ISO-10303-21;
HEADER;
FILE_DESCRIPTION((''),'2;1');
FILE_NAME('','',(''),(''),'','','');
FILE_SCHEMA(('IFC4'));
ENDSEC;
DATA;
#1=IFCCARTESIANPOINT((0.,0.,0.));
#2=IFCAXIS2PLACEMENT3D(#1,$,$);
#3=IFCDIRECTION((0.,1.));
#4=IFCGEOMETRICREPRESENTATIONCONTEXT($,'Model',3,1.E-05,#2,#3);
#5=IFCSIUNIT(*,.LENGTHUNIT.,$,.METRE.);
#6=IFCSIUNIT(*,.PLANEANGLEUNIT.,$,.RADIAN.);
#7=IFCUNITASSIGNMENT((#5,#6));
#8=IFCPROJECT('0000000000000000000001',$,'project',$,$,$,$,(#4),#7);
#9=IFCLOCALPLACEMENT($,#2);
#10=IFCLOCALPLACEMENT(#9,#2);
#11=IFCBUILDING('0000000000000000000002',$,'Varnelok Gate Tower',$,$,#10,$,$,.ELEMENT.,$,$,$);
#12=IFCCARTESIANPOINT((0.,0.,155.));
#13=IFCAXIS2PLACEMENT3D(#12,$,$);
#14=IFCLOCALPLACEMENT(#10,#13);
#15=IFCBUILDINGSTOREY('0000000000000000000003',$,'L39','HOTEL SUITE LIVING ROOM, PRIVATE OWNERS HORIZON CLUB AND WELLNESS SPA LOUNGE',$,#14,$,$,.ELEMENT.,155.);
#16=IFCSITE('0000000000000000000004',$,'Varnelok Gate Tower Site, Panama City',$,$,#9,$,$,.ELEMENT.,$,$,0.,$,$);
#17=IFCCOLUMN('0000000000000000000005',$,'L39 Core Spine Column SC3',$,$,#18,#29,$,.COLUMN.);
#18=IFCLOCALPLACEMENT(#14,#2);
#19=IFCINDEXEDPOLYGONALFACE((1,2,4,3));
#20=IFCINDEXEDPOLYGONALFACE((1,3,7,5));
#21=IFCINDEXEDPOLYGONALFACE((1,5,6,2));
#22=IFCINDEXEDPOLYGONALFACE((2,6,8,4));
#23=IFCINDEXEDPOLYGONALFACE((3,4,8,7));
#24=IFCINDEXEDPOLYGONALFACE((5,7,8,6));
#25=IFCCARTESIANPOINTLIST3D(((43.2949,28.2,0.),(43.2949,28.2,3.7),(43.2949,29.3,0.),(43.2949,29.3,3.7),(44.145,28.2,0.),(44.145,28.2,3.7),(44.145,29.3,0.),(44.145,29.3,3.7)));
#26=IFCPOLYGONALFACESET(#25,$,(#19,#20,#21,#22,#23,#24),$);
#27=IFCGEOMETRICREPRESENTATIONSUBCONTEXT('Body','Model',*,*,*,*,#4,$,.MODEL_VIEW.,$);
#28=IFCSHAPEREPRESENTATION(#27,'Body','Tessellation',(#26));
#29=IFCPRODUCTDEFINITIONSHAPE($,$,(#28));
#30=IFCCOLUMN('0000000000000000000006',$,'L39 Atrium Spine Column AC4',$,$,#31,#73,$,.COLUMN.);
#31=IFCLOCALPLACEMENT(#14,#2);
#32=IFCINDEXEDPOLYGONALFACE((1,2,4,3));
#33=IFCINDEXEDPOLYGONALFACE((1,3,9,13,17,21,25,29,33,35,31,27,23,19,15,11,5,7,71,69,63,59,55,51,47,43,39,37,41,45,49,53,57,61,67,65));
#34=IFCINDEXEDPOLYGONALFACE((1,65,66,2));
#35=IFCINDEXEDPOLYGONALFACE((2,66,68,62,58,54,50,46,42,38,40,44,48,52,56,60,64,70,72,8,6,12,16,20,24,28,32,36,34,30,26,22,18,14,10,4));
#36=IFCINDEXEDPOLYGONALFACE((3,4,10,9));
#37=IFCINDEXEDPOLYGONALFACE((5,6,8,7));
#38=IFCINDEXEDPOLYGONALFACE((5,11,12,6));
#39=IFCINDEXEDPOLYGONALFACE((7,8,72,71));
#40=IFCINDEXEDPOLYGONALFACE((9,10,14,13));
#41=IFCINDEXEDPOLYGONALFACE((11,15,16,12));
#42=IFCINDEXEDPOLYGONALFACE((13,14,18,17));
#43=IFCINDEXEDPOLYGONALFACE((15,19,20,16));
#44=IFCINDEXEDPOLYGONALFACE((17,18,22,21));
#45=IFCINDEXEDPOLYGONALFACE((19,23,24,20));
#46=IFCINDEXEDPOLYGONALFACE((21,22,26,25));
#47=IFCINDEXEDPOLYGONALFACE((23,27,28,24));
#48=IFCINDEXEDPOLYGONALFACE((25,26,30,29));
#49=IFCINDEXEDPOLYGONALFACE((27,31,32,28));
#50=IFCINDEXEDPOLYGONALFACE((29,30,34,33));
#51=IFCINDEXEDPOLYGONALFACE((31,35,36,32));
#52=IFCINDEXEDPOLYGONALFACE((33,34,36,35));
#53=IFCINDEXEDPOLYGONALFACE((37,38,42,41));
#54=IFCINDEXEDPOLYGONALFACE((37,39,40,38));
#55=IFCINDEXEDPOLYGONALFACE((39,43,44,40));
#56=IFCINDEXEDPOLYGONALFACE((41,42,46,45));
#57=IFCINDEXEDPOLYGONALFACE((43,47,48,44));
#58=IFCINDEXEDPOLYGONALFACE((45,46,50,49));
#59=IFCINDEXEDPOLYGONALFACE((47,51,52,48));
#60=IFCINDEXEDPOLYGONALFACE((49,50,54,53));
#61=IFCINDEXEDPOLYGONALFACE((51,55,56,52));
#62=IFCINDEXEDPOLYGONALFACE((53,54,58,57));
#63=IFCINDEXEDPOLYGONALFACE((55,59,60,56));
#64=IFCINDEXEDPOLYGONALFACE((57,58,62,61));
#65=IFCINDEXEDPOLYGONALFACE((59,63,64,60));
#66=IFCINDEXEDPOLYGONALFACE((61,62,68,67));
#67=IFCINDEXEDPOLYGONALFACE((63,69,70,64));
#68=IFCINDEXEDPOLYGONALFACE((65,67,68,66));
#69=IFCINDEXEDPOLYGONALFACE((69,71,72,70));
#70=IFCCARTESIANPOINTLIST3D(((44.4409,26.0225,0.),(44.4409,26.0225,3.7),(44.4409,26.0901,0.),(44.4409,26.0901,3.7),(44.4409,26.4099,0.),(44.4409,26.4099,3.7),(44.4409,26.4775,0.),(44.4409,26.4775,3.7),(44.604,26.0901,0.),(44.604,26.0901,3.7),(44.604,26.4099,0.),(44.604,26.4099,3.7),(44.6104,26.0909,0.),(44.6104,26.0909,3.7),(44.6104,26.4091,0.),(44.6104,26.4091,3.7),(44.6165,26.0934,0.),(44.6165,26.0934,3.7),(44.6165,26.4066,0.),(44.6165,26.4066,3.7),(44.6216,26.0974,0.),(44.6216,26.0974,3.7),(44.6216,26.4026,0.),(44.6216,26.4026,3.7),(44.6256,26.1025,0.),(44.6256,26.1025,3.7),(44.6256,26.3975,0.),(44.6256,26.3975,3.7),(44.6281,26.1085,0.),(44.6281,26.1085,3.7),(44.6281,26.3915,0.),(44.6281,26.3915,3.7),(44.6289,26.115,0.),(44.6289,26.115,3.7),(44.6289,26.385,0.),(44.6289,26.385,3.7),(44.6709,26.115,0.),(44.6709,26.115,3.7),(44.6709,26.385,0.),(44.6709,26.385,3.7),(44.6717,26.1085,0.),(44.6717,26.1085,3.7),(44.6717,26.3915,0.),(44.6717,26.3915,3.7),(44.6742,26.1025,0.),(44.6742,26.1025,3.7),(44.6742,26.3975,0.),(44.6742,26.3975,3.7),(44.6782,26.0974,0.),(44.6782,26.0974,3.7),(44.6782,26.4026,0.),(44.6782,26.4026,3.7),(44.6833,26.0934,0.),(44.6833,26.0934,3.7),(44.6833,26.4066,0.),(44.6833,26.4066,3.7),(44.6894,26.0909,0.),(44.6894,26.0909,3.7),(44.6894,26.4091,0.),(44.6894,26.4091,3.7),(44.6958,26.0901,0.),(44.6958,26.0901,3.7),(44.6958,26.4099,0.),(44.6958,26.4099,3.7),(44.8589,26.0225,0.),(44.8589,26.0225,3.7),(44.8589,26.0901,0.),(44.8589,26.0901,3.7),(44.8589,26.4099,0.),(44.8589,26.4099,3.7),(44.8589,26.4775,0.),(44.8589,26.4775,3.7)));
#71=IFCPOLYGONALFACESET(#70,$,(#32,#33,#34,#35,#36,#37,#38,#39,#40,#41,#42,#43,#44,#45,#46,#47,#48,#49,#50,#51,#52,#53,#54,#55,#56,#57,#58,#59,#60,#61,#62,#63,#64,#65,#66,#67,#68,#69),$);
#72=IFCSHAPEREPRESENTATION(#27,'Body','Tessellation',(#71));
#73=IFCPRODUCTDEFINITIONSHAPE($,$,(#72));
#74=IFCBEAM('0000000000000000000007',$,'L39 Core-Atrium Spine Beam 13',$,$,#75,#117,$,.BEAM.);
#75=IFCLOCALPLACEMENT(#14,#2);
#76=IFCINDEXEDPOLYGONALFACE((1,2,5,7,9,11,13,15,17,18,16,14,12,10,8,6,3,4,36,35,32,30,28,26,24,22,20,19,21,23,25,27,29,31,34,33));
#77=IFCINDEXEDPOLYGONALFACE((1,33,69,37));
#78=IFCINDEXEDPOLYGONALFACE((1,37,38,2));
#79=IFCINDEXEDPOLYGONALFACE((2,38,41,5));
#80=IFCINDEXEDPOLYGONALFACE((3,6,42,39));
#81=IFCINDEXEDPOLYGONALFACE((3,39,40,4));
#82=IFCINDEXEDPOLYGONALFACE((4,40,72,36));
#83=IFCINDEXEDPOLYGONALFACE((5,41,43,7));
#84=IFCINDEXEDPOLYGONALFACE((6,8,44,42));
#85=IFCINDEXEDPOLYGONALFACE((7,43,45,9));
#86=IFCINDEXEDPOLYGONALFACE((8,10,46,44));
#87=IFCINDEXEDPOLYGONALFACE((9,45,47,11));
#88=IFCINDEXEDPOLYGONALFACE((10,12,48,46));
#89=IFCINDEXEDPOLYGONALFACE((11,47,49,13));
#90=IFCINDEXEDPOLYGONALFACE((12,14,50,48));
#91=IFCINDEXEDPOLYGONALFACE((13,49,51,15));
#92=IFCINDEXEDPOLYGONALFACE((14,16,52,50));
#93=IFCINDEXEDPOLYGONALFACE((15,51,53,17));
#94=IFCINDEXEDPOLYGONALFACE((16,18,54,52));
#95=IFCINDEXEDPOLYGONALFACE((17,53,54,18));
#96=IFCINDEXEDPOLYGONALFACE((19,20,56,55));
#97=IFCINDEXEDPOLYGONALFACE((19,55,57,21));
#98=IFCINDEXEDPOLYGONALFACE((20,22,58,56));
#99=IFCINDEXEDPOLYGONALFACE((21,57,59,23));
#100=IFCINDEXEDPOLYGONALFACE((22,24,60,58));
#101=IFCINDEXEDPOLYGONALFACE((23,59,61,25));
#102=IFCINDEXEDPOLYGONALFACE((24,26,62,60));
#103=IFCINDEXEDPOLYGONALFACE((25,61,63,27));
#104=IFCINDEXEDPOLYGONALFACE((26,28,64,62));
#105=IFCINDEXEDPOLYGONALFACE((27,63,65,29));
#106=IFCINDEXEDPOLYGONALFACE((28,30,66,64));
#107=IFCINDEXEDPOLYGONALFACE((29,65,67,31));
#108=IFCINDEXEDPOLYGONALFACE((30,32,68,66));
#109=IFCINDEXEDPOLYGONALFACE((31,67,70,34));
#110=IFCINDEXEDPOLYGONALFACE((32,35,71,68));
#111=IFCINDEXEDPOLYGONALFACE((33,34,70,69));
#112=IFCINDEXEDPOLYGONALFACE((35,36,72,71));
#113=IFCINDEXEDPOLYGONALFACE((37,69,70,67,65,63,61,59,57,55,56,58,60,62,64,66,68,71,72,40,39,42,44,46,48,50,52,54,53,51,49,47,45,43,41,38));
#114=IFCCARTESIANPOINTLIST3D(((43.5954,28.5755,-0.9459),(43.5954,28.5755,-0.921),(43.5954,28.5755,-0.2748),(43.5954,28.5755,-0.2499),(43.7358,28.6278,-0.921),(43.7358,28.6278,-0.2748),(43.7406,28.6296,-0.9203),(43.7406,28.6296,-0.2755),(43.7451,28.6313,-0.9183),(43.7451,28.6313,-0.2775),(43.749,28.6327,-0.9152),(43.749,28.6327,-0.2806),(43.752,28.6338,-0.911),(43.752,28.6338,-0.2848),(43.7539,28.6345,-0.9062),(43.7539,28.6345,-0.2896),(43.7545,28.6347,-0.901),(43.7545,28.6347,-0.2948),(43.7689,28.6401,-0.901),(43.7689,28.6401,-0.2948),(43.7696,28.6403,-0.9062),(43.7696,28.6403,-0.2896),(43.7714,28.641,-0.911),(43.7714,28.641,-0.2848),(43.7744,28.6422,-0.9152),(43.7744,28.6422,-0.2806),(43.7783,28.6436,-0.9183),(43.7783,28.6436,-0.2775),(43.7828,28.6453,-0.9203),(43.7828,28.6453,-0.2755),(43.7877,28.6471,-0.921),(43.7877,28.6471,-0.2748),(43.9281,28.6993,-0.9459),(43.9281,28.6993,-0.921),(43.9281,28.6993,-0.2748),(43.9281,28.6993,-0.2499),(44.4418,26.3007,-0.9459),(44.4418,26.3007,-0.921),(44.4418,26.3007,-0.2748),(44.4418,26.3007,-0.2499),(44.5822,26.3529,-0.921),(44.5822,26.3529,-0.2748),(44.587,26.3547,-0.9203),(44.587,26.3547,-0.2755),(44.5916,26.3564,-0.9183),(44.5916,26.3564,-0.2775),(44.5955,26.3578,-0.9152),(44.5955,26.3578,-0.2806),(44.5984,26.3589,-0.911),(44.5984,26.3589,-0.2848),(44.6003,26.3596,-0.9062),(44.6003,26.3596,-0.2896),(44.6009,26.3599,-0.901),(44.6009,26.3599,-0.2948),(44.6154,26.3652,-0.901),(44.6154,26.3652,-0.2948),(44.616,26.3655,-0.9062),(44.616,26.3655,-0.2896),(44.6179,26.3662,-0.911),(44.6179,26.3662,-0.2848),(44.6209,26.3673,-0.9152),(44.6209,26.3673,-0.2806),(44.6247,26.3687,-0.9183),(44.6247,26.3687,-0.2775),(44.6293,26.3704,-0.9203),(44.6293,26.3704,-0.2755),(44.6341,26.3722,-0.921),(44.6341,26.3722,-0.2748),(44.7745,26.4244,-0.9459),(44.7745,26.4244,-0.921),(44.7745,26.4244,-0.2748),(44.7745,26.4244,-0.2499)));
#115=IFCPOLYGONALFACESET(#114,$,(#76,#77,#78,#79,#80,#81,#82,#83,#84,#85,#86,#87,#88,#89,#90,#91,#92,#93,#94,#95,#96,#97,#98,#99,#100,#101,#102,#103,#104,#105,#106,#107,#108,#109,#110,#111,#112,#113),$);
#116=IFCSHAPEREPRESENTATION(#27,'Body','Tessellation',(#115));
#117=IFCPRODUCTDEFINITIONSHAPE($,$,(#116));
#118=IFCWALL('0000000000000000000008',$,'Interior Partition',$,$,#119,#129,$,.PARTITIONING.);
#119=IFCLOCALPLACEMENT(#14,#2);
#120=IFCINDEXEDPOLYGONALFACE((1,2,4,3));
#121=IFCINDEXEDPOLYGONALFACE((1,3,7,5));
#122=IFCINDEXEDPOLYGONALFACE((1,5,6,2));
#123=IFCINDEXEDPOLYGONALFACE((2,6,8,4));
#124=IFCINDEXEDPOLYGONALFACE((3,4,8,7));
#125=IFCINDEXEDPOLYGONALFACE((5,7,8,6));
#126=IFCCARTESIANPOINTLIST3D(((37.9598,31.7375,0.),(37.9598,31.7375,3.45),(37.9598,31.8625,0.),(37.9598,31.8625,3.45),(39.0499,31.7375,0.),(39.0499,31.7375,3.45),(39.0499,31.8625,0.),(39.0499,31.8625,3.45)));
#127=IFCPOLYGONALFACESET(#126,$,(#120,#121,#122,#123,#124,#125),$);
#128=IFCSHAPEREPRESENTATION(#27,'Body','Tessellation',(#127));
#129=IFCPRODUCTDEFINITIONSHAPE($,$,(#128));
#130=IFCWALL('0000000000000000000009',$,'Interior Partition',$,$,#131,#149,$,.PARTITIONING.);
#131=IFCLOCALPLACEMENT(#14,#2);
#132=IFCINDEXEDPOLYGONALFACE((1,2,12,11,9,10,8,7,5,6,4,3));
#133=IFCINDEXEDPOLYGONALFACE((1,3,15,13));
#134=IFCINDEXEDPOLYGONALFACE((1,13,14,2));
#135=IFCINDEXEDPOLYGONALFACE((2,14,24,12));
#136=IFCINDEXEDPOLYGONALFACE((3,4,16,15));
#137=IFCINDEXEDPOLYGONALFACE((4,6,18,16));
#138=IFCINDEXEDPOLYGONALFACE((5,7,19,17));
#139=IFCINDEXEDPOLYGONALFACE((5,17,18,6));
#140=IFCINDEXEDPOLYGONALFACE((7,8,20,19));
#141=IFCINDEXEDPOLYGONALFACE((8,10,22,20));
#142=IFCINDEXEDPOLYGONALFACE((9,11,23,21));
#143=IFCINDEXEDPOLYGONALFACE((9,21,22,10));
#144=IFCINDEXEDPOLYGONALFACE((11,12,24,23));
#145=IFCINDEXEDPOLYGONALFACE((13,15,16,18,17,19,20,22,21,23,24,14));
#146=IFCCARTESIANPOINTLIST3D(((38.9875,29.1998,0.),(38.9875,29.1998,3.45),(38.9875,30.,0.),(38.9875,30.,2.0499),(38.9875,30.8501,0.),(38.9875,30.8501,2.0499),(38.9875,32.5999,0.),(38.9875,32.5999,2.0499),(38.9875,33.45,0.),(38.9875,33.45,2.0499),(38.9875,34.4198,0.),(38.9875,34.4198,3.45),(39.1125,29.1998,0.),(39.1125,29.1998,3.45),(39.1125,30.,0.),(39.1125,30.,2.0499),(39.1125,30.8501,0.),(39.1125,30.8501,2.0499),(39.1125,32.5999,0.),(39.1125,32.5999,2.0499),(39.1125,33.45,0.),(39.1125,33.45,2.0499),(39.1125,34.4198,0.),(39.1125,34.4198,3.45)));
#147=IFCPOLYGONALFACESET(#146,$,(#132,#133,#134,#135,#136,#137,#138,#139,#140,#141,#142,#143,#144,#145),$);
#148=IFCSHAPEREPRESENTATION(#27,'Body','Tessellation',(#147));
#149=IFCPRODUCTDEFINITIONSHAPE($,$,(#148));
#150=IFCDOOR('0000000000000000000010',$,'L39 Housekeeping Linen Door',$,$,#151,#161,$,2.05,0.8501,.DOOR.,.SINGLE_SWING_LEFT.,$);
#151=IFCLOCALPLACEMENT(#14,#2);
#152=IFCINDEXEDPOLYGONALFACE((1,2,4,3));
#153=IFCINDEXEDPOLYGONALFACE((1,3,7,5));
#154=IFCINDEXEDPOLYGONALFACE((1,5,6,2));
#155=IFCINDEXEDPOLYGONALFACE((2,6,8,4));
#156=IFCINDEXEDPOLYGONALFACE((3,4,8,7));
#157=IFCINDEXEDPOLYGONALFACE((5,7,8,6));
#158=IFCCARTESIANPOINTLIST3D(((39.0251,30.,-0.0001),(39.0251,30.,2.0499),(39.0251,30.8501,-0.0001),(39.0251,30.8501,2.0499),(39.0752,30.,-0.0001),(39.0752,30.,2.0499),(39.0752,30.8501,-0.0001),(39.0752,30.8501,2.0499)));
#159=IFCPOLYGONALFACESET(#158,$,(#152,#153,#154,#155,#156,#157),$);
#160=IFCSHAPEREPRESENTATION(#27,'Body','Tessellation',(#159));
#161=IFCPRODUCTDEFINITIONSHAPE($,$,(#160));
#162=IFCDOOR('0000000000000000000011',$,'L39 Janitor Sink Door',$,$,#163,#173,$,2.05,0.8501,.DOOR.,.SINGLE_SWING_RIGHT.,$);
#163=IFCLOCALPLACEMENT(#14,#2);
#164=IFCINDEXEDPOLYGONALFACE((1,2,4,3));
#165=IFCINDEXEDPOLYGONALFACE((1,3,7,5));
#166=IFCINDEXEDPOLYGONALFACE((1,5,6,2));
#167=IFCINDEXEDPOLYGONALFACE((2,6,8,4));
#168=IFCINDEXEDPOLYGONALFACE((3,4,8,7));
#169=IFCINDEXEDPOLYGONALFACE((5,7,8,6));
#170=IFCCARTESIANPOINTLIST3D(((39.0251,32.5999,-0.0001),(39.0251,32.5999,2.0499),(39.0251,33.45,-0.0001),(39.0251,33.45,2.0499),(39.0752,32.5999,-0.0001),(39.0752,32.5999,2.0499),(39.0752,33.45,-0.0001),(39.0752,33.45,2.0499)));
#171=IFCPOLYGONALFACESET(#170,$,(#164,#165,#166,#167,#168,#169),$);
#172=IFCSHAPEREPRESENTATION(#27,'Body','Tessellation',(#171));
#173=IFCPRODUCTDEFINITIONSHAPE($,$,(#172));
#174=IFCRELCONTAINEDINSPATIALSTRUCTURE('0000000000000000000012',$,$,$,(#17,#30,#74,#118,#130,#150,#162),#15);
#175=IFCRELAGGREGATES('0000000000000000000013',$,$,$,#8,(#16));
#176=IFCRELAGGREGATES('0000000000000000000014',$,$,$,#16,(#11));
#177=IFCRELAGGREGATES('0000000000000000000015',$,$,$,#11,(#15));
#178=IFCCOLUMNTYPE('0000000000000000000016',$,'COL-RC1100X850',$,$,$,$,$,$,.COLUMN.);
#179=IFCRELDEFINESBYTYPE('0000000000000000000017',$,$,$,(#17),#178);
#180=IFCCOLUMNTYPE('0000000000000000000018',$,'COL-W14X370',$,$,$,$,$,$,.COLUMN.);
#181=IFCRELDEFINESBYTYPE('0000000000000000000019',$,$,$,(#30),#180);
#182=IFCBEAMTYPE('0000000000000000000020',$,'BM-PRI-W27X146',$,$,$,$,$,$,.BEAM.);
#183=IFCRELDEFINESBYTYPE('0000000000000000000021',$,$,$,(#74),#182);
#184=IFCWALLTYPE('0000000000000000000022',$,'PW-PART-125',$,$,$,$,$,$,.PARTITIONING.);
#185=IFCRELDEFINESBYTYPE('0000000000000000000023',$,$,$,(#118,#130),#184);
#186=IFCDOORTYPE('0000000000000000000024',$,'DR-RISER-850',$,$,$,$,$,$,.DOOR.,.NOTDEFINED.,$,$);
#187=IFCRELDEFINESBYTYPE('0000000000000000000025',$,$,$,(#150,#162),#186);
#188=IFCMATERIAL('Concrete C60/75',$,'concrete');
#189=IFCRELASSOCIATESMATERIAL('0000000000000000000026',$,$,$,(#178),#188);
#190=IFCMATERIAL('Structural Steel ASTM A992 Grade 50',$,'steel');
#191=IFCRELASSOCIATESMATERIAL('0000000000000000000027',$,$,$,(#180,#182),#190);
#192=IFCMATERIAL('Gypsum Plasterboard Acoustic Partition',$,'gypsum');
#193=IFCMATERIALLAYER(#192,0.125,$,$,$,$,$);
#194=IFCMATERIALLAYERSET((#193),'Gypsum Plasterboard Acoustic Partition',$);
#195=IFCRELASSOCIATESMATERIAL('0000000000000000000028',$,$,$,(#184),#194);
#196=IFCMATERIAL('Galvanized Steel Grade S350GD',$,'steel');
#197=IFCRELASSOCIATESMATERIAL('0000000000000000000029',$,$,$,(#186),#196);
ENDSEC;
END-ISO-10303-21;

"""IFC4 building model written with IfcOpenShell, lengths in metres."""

from ifc_helpers import new_model, si_unit, direction, frame, frame_2d, origin, origin_2d, place, context, subcontext, project, spatial, rectangle, i_section, extrude, material, layer, layer_set, material_profile, profile_set, type_object, element, fill, save


model = new_model("IFC4")

# Units and contexts
model_context = context("Model", 3, precision=1e-05, world=origin(), true_north=direction((0.0, 1.0)))
body_context = subcontext(model_context, "Body", "Model", "MODEL_VIEW")
ifc_project = project(units=[si_unit("LENGTHUNIT", "METRE"), si_unit("PLANEANGLEUNIT", "RADIAN")], contexts=[model_context])

# Site, building, storey
site_placement = place(None, origin())
site = spatial("IfcSite", under=ifc_project, at=site_placement, Name="Varnelok Gate Tower Site, Panama City", CompositionType="ELEMENT", RefElevation=0.0)
building_placement = place(site_placement, origin())
building = spatial("IfcBuilding", under=site, at=building_placement, Name="Varnelok Gate Tower", CompositionType="ELEMENT")
storey_placement = place(building_placement, frame((0.0, 0.0, 155.0)))
storey = spatial("IfcBuildingStorey", under=building, at=storey_placement, Name="L39", Description="HOTEL SUITE LIVING ROOM, PRIVATE OWNERS HORIZON CLUB AND WELLNESS SPA LOUNGE", CompositionType="ELEMENT", Elevation=155.0)

# Columns
ifc_material_1 = material(Name="Concrete C60/75", Category="concrete")
ifc_material_profile_1 = material_profile(ifc_material_1, rectangle(XDim=0.8501, YDim=1.1001, at=origin_2d()), Name="RC1100X850")
ifc_profile_set_1 = profile_set([ifc_material_profile_1], Name="Concrete C60/75")
column_type_1 = type_object("IfcColumnType", Name="COL-RC1100X850", PredefinedType="COLUMN", material=ifc_profile_set_1)
column_1_placement = place(storey_placement, frame((43.72, 28.75, 0.0), z_axis=(0.0, 0.0, 1.0), x_axis=(1.0, 0.0, 0.0)))
element("IfcColumn", 1, at=column_1_placement, inside=storey, type_object=column_type_1, Name="L39 Core Spine Column SC3", PredefinedType="COLUMN", context=body_context, shape_type="SweptSolid", body=[
    extrude(rectangle(XDim=0.8501, YDim=1.1001, at=origin_2d()), origin(), (0.0, 0.0, 1.0), 3.7),
])
ifc_material_2 = material(Name="Structural Steel ASTM A992 Grade 50", Category="steel")
ifc_material_profile_2 = material_profile(ifc_material_2, i_section(OverallWidth=0.418, OverallDepth=0.4551, WebThickness=0.042, FlangeThickness=0.0676, FilletRadius=0.0249, at=origin_2d()), Name="W14X370")
ifc_profile_set_2 = profile_set([ifc_material_profile_2], Name="Structural Steel ASTM A992 Grade 50")
column_type_2 = type_object("IfcColumnType", Name="COL-W14X370", PredefinedType="COLUMN", material=ifc_profile_set_2)
column_2_placement = place(storey_placement, frame((44.6499, 26.25, 0.0), z_axis=(0.0, 0.0, 1.0), x_axis=(1.0, 0.0, 0.0)))
element("IfcColumn", 2, at=column_2_placement, inside=storey, type_object=column_type_2, Name="L39 Atrium Spine Column AC4", PredefinedType="COLUMN", context=body_context, shape_type="SweptSolid", body=[
    extrude(i_section(OverallWidth=0.418, OverallDepth=0.4551, WebThickness=0.042, FlangeThickness=0.0676, FilletRadius=0.0249, at=origin_2d()), origin(), (0.0, 0.0, 1.0), 3.7),
])

# Beam
ifc_material_profile_3 = material_profile(ifc_material_2, i_section(OverallWidth=0.355, OverallDepth=0.696, WebThickness=0.0154, FlangeThickness=0.0249, FilletRadius=0.02, at=origin_2d()), Name="W27X146")
ifc_profile_set_3 = profile_set([ifc_material_profile_3], Name="Structural Steel ASTM A992 Grade 50")
beam_type = type_object("IfcBeamType", Name="BM-PRI-W27X146", PredefinedType="BEAM", material=ifc_profile_set_3)
beam_placement = place(storey_placement, frame((44.6082, 26.3625, -0.5979), z_axis=(-0.348719, 0.937227, 0.0), x_axis=(-0.937227, -0.348719, 0.0)))
element("IfcBeam", 3, at=beam_placement, inside=storey, type_object=beam_type, Name="L39 Core-Atrium Spine Beam 13", PredefinedType="BEAM", context=body_context, shape_type="SweptSolid", body=[
    extrude(i_section(OverallWidth=0.355, OverallDepth=0.696, WebThickness=0.0154, FlangeThickness=0.0249, FilletRadius=0.02, at=origin_2d()), origin(), (0.0, 0.0, 1.0), 2.4272),
])

# Wall
ifc_material_3 = material(Name="Gypsum Plasterboard Acoustic Partition", Category="gypsum")
ifc_layer_1 = layer(ifc_material_3, 0.125)
ifc_layer_set_1 = layer_set([ifc_layer_1], Name="Gypsum Plasterboard Acoustic Partition")
wall_type_1 = type_object("IfcWallType", Name="PW-PART-125", PredefinedType="PARTITIONING", material=ifc_layer_set_1)
wall_1_placement = place(storey_placement, frame((37.96, 31.8, 0.0), z_axis=(0.0, 0.0, 1.0), x_axis=(1.0, 0.0, 0.0)))
element("IfcWall", 4, at=wall_1_placement, inside=storey, type_object=wall_type_1, Name="Interior Partition", PredefinedType="PARTITIONING", context=body_context, shape_type="SweptSolid", body=[
    extrude(rectangle(XDim=1.0901, YDim=0.125, at=frame_2d((0.5449, 0.0))), origin(), (0.0, 0.0, 1.0), 3.45),
])

# Wall, openings, doors
wall_2_placement = place(storey_placement, frame((39.05, 29.2, 0.0), z_axis=(0.0, 0.0, 1.0), x_axis=(0.0, 1.0, 0.0)))
wall_2 = element("IfcWall", 5, at=wall_2_placement, inside=storey, type_object=wall_type_1, Name="Interior Partition", PredefinedType="PARTITIONING", context=body_context, shape_type="SweptSolid", body=[
    extrude(rectangle(XDim=5.22, YDim=0.125, at=frame_2d((2.6099, 0.0))), origin(), (0.0, 0.0, 1.0), 3.45),
])
opening_1_placement = place(wall_2_placement, frame((0.8, 0.0, 0.0)))
opening_1 = element("IfcOpeningElement", 6, at=opening_1_placement, cuts=wall_2, PredefinedType="OPENING", context=body_context, shape_type="SweptSolid", body=[
    extrude(rectangle(XDim=0.8501, YDim=2.05, at=frame_2d((0.425, 1.0249))), frame((0.0, 0.0725, 0.0), z_axis=(0.0, -1.0, 0.0), x_axis=(1.0, 0.0, 0.0)), (0.0, 0.0, 1.0), 0.145),
])
opening_2_placement = place(wall_2_placement, frame((3.3999, 0.0, 0.0)))
opening_2 = element("IfcOpeningElement", 7, at=opening_2_placement, cuts=wall_2, PredefinedType="OPENING", context=body_context, shape_type="SweptSolid", body=[
    extrude(rectangle(XDim=0.8501, YDim=2.05, at=frame_2d((0.425, 1.0249))), frame((0.0, 0.0725, 0.0), z_axis=(0.0, -1.0, 0.0), x_axis=(1.0, 0.0, 0.0)), (0.0, 0.0, 1.0), 0.145),
])
ifc_material_4 = material(Name="Galvanized Steel Grade S350GD", Category="steel")
door_type_1 = type_object("IfcDoorType", Name="DR-RISER-850", OperationType="NOTDEFINED", PredefinedType="DOOR", material=ifc_material_4)
door_1_placement = place(opening_1_placement, origin())
door_1 = element("IfcDoor", 8, at=door_1_placement, inside=storey, type_object=door_type_1, Name="L39 Housekeeping Linen Door", OperationType="SINGLE_SWING_LEFT", OverallHeight=2.05, OverallWidth=0.8501, PredefinedType="DOOR", context=body_context, shape_type="SweptSolid", body=[
    extrude(rectangle(XDim=0.8501, YDim=2.05, at=frame_2d((0.425, 1.0249))), frame((0.0, 0.0249, 0.0), z_axis=(0.0, -1.0, 0.0), x_axis=(1.0, 0.0, 0.0)), (0.0, 0.0, 1.0), 0.05),
])
fill(opening_1, door_1)
door_2_placement = place(opening_2_placement, origin())
door_2 = element("IfcDoor", 9, at=door_2_placement, inside=storey, type_object=door_type_1, Name="L39 Janitor Sink Door", OperationType="SINGLE_SWING_RIGHT", OverallHeight=2.05, OverallWidth=0.8501, PredefinedType="DOOR", context=body_context, shape_type="SweptSolid", body=[
    extrude(rectangle(XDim=0.8501, YDim=2.05, at=frame_2d((0.425, 1.0249))), frame((0.0, 0.0249, 0.0), z_axis=(0.0, -1.0, 0.0), x_axis=(1.0, 0.0, 0.0)), (0.0, 0.0, 1.0), 0.05),
])
fill(opening_2, door_2)

save(model, "model.ifc")
